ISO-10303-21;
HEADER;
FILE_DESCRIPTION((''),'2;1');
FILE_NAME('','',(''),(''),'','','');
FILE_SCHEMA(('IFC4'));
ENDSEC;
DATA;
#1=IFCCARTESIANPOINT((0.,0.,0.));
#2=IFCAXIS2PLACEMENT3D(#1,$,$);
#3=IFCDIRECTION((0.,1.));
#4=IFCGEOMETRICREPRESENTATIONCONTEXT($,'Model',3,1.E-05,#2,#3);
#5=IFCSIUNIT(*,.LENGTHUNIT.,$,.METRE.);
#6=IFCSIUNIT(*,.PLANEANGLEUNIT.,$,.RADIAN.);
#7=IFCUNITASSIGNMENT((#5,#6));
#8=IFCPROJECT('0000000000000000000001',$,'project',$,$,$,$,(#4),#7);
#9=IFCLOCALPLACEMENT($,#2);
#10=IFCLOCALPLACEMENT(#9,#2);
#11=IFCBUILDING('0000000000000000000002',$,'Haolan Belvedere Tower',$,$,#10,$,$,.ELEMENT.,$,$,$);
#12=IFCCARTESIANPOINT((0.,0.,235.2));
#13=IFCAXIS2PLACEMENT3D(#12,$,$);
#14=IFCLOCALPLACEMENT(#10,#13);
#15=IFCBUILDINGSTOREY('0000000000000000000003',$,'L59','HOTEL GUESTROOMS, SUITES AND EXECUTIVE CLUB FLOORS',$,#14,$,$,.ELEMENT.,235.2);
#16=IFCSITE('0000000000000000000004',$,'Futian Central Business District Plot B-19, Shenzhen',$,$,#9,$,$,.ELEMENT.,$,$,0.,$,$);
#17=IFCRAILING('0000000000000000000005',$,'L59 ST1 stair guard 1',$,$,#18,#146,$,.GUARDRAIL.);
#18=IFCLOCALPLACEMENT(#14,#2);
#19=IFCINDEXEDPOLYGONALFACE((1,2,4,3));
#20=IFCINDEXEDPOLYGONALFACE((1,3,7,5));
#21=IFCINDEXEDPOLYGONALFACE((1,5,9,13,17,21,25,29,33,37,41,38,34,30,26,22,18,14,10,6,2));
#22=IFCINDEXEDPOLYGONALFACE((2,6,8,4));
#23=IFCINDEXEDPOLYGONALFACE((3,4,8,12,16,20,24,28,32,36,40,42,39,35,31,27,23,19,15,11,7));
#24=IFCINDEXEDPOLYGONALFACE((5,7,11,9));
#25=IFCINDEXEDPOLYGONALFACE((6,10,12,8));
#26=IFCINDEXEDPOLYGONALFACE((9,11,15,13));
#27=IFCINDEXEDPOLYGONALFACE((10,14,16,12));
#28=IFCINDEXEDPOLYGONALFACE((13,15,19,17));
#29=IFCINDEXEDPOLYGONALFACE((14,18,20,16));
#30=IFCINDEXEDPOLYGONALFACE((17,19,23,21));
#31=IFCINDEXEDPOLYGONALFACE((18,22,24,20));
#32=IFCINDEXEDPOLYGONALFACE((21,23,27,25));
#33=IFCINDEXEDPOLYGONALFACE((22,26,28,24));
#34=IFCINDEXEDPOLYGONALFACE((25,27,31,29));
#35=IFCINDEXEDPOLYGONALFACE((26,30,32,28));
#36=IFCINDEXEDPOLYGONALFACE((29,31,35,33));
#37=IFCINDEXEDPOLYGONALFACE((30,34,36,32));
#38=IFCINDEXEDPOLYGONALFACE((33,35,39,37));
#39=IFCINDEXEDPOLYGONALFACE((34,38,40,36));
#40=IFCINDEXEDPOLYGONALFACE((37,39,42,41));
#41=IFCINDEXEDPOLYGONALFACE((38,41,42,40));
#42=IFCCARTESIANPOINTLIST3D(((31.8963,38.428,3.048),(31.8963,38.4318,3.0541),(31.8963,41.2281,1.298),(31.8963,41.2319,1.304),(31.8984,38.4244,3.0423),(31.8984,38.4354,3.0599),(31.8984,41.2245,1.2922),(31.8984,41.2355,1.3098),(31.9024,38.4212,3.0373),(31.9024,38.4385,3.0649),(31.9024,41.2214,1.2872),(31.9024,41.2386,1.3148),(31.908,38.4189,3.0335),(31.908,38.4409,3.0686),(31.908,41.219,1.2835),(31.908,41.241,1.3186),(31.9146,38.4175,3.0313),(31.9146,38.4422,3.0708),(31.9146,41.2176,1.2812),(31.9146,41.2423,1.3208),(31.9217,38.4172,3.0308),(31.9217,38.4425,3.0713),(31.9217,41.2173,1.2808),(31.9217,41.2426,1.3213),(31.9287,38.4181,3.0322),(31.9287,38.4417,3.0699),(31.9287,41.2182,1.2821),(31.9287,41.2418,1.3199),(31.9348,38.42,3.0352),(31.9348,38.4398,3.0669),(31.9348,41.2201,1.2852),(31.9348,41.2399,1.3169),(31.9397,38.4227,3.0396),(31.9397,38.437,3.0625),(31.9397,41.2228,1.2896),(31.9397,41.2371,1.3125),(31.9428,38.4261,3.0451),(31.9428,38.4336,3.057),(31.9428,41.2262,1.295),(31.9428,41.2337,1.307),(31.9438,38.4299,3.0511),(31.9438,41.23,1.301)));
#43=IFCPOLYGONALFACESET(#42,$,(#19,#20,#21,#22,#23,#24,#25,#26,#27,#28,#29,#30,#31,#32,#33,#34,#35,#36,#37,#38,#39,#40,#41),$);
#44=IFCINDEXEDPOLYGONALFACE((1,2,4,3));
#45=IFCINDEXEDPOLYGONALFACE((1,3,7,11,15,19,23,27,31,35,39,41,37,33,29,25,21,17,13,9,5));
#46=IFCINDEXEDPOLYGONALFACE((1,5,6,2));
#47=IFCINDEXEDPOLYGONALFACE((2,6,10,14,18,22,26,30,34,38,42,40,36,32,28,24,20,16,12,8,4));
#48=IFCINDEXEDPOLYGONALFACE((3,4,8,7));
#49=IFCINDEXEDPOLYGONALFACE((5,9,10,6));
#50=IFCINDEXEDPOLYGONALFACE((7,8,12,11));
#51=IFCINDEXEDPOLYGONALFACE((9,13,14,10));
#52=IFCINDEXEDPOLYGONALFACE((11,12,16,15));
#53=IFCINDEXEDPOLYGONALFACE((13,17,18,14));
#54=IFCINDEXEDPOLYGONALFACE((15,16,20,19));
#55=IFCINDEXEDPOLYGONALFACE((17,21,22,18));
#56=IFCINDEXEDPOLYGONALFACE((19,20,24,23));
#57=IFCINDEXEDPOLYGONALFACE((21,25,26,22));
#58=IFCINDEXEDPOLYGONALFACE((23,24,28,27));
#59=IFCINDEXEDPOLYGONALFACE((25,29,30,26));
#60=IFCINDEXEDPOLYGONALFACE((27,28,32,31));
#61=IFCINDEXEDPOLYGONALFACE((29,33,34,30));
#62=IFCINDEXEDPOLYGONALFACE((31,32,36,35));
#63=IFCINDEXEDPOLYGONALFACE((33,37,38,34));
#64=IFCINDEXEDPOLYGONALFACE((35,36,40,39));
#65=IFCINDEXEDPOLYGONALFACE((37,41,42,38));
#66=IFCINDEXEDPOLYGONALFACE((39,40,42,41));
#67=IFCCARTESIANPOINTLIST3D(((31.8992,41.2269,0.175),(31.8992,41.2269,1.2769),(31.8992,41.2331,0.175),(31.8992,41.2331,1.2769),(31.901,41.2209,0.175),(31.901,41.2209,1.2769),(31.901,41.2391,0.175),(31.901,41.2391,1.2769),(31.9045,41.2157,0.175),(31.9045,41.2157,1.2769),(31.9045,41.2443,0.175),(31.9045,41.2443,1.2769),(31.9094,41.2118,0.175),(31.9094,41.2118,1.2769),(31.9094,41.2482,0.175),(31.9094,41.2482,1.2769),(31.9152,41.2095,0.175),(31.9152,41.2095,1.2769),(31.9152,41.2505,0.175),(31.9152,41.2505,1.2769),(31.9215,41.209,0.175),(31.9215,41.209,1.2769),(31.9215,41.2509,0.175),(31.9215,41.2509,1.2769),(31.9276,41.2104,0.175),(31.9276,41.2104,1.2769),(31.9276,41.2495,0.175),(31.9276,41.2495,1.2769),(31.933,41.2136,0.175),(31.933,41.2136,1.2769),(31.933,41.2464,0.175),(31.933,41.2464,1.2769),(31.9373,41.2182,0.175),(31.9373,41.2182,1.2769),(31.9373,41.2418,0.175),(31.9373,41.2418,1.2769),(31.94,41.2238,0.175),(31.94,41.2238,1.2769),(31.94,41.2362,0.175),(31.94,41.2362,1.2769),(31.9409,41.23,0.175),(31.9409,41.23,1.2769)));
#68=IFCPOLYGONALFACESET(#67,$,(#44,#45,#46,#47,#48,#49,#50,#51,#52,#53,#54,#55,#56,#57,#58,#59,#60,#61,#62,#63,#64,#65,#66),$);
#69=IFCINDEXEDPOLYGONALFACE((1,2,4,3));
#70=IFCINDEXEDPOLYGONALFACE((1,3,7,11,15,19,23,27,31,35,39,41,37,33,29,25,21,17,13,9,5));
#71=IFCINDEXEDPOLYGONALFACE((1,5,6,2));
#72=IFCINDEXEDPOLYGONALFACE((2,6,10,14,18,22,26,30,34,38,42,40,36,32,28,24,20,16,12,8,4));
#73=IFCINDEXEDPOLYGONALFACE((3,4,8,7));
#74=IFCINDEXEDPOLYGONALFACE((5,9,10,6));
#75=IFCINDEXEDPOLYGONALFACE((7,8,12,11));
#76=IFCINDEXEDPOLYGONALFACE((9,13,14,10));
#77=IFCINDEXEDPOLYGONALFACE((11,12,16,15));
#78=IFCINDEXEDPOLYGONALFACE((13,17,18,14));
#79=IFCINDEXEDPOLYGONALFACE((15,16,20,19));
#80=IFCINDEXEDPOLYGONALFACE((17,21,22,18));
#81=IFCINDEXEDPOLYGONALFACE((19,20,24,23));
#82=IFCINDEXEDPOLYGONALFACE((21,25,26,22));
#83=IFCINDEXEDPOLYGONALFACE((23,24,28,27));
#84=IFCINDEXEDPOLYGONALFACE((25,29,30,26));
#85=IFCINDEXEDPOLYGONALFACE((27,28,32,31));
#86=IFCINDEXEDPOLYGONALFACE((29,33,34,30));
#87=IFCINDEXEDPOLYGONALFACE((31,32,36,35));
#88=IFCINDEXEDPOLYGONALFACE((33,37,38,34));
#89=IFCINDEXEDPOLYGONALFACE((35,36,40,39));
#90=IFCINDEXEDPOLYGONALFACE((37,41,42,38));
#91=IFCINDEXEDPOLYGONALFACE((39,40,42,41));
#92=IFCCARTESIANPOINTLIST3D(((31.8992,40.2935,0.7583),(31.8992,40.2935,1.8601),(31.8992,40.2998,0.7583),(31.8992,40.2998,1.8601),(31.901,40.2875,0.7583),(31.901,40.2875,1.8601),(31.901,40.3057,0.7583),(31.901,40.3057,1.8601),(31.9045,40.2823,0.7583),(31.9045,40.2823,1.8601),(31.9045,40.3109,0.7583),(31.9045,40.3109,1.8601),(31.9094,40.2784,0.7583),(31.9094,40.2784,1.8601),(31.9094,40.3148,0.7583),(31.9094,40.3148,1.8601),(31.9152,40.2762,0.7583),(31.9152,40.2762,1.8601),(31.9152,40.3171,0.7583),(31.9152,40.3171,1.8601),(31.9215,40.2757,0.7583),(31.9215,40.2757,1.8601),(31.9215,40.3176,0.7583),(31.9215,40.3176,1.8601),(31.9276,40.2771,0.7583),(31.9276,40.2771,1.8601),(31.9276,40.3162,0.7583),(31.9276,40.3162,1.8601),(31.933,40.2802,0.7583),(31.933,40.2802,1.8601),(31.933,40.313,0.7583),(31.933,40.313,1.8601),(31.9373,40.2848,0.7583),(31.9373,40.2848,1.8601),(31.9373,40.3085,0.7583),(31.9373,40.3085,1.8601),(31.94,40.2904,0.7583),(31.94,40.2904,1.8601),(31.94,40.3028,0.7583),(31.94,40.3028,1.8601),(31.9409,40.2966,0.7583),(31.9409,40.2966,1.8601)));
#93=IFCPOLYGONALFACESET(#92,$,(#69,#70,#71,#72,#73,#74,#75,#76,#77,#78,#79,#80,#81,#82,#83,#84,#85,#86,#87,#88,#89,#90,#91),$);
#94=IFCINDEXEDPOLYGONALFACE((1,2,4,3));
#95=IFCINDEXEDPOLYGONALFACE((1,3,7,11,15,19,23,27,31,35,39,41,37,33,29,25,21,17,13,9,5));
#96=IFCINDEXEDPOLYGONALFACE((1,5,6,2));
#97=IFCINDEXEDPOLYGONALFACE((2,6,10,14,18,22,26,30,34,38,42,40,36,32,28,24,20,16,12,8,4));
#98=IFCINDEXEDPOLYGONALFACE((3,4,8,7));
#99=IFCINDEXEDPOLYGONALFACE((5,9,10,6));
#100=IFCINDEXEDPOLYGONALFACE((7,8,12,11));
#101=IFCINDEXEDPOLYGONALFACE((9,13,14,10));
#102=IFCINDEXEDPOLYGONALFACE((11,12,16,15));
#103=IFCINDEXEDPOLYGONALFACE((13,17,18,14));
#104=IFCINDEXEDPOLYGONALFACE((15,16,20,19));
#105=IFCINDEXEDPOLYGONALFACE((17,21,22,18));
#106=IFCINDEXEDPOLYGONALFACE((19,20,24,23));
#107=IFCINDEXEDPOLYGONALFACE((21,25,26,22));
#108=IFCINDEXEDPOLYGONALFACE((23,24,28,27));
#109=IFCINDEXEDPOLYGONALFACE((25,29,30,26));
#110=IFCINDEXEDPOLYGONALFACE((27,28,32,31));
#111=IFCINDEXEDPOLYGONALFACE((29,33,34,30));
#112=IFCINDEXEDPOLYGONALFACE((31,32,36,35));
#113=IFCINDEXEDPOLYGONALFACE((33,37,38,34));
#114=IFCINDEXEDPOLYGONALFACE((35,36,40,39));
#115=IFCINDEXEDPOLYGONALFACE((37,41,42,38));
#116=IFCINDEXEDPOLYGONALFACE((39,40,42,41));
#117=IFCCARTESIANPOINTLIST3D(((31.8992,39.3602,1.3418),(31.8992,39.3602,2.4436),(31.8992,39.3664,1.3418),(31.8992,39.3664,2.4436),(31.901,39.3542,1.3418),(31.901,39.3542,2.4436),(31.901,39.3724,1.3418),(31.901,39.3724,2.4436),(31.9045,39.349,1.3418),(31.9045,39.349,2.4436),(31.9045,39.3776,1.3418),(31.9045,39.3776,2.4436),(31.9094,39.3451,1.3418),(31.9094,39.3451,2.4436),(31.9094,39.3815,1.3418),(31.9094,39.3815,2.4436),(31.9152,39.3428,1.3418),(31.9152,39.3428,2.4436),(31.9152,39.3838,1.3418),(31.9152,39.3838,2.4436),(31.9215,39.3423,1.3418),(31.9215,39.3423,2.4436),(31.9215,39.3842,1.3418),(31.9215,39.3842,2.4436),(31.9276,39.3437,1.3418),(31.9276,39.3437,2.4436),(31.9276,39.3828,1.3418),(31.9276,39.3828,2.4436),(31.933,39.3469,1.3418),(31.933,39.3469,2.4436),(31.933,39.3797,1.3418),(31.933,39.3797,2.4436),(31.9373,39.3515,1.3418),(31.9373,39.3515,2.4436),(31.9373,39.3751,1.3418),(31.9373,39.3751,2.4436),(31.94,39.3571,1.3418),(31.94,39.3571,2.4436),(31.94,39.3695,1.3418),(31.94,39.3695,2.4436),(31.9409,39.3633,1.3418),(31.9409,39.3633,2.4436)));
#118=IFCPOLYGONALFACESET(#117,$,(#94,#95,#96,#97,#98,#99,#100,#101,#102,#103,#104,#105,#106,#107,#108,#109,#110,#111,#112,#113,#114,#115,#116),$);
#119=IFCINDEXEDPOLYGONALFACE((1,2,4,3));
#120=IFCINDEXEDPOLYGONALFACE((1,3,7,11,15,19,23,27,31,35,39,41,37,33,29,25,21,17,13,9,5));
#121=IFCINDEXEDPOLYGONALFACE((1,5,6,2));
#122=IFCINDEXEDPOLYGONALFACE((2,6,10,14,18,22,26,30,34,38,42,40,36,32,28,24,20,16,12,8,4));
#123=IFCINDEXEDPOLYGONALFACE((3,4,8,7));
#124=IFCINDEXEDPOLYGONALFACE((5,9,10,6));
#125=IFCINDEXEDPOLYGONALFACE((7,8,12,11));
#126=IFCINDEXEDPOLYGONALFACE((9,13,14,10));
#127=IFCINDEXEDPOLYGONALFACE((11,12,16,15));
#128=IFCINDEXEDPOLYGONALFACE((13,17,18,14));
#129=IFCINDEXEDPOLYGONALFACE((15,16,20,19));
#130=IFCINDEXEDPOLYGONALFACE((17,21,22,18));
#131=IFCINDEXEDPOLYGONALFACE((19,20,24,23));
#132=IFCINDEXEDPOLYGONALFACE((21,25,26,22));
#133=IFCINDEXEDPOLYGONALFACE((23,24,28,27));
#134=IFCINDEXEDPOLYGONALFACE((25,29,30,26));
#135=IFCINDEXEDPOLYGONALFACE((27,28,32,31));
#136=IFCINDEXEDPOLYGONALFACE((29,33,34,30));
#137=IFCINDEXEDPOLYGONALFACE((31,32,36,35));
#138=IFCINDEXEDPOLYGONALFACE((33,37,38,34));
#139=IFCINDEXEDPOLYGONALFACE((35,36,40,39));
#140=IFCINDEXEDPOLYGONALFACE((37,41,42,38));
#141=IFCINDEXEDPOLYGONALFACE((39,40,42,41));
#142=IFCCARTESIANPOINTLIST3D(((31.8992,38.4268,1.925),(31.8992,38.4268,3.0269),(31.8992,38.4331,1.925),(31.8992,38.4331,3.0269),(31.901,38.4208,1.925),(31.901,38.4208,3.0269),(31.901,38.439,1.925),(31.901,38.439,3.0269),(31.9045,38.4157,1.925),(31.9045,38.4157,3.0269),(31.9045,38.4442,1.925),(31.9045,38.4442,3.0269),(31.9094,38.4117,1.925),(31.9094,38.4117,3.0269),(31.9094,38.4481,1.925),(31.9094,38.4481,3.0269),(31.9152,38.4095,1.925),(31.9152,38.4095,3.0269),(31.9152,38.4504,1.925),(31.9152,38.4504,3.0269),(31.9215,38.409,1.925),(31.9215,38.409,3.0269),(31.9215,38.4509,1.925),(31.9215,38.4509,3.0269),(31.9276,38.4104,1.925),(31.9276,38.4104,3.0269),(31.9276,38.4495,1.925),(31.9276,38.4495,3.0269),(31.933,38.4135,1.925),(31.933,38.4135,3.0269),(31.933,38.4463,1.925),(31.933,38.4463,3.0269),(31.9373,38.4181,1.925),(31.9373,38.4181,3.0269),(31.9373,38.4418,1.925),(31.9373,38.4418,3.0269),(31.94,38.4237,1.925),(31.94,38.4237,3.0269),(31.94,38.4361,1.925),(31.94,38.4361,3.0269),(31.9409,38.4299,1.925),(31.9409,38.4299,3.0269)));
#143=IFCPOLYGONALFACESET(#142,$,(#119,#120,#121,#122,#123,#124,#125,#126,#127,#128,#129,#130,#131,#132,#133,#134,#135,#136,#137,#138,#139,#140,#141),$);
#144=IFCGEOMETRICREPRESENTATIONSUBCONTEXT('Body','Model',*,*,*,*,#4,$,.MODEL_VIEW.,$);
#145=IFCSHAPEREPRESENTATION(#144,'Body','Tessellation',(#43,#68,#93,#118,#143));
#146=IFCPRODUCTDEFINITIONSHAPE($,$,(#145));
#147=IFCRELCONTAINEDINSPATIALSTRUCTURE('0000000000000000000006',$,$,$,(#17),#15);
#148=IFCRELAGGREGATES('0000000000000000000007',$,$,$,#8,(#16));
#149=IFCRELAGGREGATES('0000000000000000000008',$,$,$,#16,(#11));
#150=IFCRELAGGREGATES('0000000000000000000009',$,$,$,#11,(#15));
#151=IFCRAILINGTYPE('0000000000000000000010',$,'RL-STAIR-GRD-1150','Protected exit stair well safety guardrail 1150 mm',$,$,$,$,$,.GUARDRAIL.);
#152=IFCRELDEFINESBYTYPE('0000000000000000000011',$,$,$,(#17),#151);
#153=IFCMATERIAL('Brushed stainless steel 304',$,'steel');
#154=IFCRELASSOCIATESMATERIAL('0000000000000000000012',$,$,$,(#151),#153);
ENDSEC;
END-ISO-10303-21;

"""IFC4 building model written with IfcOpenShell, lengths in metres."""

from ifc_helpers import new_model, si_unit, direction, frame, origin, origin_2d, place, context, subcontext, project, spatial, circle, extrude, material, type_object, element, save


model = new_model("IFC4")

# Units and contexts
model_context = context("Model", 3, precision=1e-05, world=origin(), true_north=direction((0.0, 1.0)))
body_context = subcontext(model_context, "Body", "Model", "MODEL_VIEW")
ifc_project = project(units=[si_unit("LENGTHUNIT", "METRE"), si_unit("PLANEANGLEUNIT", "RADIAN")], contexts=[model_context])

# Site, building, storey
site_placement = place(None, origin())
site = spatial("IfcSite", under=ifc_project, at=site_placement, Name="Futian Central Business District Plot B-19, Shenzhen", CompositionType="ELEMENT", RefElevation=0.0)
building_placement = place(site_placement, origin())
building = spatial("IfcBuilding", under=site, at=building_placement, Name="Haolan Belvedere Tower", CompositionType="ELEMENT")
storey_placement = place(building_placement, frame((0.0, 0.0, 235.2)))
storey = spatial("IfcBuildingStorey", under=building, at=storey_placement, Name="L59", Description="HOTEL GUESTROOMS, SUITES AND EXECUTIVE CLUB FLOORS", CompositionType="ELEMENT", Elevation=235.2)

# Railing
ifc_material_1 = material(Name="Brushed stainless steel 304", Category="steel")
railing_type_1 = type_object("IfcRailingType", Name="RL-STAIR-GRD-1150", Description="Protected exit stair well safety guardrail 1150 mm", PredefinedType="GUARDRAIL", material=ifc_material_1)
railing_1_placement = place(storey_placement, frame((31.9199, 41.23, 0.175)))
element("IfcRailing", 1, at=railing_1_placement, inside=storey, type_object=railing_type_1, Name="L59 ST1 stair guard 1", PredefinedType="GUARDRAIL", context=body_context, shape_type="SweptSolid", body=[
    extrude(circle(Radius=0.0239, at=origin_2d()), frame((0.0, 0.0, 1.126), z_axis=(0.0, -0.848002, 0.529992), x_axis=(1.0, 0.0, 0.0)), (0.0, 0.0, 1.0), 3.302),
    extrude(circle(Radius=0.021, at=origin_2d()), origin(), (0.0, 0.0, 1.0), 1.1018),
    extrude(circle(Radius=0.021, at=origin_2d()), frame((0.0, -0.9333, 0.5833)), (0.0, 0.0, 1.0), 1.1018),
    extrude(circle(Radius=0.021, at=origin_2d()), frame((0.0, -1.8667, 1.1667)), (0.0, 0.0, 1.0), 1.1018),
    extrude(circle(Radius=0.021, at=origin_2d()), frame((0.0, -2.8, 1.75)), (0.0, 0.0, 1.0), 1.1018),
])

save(model, "model.ifc")
